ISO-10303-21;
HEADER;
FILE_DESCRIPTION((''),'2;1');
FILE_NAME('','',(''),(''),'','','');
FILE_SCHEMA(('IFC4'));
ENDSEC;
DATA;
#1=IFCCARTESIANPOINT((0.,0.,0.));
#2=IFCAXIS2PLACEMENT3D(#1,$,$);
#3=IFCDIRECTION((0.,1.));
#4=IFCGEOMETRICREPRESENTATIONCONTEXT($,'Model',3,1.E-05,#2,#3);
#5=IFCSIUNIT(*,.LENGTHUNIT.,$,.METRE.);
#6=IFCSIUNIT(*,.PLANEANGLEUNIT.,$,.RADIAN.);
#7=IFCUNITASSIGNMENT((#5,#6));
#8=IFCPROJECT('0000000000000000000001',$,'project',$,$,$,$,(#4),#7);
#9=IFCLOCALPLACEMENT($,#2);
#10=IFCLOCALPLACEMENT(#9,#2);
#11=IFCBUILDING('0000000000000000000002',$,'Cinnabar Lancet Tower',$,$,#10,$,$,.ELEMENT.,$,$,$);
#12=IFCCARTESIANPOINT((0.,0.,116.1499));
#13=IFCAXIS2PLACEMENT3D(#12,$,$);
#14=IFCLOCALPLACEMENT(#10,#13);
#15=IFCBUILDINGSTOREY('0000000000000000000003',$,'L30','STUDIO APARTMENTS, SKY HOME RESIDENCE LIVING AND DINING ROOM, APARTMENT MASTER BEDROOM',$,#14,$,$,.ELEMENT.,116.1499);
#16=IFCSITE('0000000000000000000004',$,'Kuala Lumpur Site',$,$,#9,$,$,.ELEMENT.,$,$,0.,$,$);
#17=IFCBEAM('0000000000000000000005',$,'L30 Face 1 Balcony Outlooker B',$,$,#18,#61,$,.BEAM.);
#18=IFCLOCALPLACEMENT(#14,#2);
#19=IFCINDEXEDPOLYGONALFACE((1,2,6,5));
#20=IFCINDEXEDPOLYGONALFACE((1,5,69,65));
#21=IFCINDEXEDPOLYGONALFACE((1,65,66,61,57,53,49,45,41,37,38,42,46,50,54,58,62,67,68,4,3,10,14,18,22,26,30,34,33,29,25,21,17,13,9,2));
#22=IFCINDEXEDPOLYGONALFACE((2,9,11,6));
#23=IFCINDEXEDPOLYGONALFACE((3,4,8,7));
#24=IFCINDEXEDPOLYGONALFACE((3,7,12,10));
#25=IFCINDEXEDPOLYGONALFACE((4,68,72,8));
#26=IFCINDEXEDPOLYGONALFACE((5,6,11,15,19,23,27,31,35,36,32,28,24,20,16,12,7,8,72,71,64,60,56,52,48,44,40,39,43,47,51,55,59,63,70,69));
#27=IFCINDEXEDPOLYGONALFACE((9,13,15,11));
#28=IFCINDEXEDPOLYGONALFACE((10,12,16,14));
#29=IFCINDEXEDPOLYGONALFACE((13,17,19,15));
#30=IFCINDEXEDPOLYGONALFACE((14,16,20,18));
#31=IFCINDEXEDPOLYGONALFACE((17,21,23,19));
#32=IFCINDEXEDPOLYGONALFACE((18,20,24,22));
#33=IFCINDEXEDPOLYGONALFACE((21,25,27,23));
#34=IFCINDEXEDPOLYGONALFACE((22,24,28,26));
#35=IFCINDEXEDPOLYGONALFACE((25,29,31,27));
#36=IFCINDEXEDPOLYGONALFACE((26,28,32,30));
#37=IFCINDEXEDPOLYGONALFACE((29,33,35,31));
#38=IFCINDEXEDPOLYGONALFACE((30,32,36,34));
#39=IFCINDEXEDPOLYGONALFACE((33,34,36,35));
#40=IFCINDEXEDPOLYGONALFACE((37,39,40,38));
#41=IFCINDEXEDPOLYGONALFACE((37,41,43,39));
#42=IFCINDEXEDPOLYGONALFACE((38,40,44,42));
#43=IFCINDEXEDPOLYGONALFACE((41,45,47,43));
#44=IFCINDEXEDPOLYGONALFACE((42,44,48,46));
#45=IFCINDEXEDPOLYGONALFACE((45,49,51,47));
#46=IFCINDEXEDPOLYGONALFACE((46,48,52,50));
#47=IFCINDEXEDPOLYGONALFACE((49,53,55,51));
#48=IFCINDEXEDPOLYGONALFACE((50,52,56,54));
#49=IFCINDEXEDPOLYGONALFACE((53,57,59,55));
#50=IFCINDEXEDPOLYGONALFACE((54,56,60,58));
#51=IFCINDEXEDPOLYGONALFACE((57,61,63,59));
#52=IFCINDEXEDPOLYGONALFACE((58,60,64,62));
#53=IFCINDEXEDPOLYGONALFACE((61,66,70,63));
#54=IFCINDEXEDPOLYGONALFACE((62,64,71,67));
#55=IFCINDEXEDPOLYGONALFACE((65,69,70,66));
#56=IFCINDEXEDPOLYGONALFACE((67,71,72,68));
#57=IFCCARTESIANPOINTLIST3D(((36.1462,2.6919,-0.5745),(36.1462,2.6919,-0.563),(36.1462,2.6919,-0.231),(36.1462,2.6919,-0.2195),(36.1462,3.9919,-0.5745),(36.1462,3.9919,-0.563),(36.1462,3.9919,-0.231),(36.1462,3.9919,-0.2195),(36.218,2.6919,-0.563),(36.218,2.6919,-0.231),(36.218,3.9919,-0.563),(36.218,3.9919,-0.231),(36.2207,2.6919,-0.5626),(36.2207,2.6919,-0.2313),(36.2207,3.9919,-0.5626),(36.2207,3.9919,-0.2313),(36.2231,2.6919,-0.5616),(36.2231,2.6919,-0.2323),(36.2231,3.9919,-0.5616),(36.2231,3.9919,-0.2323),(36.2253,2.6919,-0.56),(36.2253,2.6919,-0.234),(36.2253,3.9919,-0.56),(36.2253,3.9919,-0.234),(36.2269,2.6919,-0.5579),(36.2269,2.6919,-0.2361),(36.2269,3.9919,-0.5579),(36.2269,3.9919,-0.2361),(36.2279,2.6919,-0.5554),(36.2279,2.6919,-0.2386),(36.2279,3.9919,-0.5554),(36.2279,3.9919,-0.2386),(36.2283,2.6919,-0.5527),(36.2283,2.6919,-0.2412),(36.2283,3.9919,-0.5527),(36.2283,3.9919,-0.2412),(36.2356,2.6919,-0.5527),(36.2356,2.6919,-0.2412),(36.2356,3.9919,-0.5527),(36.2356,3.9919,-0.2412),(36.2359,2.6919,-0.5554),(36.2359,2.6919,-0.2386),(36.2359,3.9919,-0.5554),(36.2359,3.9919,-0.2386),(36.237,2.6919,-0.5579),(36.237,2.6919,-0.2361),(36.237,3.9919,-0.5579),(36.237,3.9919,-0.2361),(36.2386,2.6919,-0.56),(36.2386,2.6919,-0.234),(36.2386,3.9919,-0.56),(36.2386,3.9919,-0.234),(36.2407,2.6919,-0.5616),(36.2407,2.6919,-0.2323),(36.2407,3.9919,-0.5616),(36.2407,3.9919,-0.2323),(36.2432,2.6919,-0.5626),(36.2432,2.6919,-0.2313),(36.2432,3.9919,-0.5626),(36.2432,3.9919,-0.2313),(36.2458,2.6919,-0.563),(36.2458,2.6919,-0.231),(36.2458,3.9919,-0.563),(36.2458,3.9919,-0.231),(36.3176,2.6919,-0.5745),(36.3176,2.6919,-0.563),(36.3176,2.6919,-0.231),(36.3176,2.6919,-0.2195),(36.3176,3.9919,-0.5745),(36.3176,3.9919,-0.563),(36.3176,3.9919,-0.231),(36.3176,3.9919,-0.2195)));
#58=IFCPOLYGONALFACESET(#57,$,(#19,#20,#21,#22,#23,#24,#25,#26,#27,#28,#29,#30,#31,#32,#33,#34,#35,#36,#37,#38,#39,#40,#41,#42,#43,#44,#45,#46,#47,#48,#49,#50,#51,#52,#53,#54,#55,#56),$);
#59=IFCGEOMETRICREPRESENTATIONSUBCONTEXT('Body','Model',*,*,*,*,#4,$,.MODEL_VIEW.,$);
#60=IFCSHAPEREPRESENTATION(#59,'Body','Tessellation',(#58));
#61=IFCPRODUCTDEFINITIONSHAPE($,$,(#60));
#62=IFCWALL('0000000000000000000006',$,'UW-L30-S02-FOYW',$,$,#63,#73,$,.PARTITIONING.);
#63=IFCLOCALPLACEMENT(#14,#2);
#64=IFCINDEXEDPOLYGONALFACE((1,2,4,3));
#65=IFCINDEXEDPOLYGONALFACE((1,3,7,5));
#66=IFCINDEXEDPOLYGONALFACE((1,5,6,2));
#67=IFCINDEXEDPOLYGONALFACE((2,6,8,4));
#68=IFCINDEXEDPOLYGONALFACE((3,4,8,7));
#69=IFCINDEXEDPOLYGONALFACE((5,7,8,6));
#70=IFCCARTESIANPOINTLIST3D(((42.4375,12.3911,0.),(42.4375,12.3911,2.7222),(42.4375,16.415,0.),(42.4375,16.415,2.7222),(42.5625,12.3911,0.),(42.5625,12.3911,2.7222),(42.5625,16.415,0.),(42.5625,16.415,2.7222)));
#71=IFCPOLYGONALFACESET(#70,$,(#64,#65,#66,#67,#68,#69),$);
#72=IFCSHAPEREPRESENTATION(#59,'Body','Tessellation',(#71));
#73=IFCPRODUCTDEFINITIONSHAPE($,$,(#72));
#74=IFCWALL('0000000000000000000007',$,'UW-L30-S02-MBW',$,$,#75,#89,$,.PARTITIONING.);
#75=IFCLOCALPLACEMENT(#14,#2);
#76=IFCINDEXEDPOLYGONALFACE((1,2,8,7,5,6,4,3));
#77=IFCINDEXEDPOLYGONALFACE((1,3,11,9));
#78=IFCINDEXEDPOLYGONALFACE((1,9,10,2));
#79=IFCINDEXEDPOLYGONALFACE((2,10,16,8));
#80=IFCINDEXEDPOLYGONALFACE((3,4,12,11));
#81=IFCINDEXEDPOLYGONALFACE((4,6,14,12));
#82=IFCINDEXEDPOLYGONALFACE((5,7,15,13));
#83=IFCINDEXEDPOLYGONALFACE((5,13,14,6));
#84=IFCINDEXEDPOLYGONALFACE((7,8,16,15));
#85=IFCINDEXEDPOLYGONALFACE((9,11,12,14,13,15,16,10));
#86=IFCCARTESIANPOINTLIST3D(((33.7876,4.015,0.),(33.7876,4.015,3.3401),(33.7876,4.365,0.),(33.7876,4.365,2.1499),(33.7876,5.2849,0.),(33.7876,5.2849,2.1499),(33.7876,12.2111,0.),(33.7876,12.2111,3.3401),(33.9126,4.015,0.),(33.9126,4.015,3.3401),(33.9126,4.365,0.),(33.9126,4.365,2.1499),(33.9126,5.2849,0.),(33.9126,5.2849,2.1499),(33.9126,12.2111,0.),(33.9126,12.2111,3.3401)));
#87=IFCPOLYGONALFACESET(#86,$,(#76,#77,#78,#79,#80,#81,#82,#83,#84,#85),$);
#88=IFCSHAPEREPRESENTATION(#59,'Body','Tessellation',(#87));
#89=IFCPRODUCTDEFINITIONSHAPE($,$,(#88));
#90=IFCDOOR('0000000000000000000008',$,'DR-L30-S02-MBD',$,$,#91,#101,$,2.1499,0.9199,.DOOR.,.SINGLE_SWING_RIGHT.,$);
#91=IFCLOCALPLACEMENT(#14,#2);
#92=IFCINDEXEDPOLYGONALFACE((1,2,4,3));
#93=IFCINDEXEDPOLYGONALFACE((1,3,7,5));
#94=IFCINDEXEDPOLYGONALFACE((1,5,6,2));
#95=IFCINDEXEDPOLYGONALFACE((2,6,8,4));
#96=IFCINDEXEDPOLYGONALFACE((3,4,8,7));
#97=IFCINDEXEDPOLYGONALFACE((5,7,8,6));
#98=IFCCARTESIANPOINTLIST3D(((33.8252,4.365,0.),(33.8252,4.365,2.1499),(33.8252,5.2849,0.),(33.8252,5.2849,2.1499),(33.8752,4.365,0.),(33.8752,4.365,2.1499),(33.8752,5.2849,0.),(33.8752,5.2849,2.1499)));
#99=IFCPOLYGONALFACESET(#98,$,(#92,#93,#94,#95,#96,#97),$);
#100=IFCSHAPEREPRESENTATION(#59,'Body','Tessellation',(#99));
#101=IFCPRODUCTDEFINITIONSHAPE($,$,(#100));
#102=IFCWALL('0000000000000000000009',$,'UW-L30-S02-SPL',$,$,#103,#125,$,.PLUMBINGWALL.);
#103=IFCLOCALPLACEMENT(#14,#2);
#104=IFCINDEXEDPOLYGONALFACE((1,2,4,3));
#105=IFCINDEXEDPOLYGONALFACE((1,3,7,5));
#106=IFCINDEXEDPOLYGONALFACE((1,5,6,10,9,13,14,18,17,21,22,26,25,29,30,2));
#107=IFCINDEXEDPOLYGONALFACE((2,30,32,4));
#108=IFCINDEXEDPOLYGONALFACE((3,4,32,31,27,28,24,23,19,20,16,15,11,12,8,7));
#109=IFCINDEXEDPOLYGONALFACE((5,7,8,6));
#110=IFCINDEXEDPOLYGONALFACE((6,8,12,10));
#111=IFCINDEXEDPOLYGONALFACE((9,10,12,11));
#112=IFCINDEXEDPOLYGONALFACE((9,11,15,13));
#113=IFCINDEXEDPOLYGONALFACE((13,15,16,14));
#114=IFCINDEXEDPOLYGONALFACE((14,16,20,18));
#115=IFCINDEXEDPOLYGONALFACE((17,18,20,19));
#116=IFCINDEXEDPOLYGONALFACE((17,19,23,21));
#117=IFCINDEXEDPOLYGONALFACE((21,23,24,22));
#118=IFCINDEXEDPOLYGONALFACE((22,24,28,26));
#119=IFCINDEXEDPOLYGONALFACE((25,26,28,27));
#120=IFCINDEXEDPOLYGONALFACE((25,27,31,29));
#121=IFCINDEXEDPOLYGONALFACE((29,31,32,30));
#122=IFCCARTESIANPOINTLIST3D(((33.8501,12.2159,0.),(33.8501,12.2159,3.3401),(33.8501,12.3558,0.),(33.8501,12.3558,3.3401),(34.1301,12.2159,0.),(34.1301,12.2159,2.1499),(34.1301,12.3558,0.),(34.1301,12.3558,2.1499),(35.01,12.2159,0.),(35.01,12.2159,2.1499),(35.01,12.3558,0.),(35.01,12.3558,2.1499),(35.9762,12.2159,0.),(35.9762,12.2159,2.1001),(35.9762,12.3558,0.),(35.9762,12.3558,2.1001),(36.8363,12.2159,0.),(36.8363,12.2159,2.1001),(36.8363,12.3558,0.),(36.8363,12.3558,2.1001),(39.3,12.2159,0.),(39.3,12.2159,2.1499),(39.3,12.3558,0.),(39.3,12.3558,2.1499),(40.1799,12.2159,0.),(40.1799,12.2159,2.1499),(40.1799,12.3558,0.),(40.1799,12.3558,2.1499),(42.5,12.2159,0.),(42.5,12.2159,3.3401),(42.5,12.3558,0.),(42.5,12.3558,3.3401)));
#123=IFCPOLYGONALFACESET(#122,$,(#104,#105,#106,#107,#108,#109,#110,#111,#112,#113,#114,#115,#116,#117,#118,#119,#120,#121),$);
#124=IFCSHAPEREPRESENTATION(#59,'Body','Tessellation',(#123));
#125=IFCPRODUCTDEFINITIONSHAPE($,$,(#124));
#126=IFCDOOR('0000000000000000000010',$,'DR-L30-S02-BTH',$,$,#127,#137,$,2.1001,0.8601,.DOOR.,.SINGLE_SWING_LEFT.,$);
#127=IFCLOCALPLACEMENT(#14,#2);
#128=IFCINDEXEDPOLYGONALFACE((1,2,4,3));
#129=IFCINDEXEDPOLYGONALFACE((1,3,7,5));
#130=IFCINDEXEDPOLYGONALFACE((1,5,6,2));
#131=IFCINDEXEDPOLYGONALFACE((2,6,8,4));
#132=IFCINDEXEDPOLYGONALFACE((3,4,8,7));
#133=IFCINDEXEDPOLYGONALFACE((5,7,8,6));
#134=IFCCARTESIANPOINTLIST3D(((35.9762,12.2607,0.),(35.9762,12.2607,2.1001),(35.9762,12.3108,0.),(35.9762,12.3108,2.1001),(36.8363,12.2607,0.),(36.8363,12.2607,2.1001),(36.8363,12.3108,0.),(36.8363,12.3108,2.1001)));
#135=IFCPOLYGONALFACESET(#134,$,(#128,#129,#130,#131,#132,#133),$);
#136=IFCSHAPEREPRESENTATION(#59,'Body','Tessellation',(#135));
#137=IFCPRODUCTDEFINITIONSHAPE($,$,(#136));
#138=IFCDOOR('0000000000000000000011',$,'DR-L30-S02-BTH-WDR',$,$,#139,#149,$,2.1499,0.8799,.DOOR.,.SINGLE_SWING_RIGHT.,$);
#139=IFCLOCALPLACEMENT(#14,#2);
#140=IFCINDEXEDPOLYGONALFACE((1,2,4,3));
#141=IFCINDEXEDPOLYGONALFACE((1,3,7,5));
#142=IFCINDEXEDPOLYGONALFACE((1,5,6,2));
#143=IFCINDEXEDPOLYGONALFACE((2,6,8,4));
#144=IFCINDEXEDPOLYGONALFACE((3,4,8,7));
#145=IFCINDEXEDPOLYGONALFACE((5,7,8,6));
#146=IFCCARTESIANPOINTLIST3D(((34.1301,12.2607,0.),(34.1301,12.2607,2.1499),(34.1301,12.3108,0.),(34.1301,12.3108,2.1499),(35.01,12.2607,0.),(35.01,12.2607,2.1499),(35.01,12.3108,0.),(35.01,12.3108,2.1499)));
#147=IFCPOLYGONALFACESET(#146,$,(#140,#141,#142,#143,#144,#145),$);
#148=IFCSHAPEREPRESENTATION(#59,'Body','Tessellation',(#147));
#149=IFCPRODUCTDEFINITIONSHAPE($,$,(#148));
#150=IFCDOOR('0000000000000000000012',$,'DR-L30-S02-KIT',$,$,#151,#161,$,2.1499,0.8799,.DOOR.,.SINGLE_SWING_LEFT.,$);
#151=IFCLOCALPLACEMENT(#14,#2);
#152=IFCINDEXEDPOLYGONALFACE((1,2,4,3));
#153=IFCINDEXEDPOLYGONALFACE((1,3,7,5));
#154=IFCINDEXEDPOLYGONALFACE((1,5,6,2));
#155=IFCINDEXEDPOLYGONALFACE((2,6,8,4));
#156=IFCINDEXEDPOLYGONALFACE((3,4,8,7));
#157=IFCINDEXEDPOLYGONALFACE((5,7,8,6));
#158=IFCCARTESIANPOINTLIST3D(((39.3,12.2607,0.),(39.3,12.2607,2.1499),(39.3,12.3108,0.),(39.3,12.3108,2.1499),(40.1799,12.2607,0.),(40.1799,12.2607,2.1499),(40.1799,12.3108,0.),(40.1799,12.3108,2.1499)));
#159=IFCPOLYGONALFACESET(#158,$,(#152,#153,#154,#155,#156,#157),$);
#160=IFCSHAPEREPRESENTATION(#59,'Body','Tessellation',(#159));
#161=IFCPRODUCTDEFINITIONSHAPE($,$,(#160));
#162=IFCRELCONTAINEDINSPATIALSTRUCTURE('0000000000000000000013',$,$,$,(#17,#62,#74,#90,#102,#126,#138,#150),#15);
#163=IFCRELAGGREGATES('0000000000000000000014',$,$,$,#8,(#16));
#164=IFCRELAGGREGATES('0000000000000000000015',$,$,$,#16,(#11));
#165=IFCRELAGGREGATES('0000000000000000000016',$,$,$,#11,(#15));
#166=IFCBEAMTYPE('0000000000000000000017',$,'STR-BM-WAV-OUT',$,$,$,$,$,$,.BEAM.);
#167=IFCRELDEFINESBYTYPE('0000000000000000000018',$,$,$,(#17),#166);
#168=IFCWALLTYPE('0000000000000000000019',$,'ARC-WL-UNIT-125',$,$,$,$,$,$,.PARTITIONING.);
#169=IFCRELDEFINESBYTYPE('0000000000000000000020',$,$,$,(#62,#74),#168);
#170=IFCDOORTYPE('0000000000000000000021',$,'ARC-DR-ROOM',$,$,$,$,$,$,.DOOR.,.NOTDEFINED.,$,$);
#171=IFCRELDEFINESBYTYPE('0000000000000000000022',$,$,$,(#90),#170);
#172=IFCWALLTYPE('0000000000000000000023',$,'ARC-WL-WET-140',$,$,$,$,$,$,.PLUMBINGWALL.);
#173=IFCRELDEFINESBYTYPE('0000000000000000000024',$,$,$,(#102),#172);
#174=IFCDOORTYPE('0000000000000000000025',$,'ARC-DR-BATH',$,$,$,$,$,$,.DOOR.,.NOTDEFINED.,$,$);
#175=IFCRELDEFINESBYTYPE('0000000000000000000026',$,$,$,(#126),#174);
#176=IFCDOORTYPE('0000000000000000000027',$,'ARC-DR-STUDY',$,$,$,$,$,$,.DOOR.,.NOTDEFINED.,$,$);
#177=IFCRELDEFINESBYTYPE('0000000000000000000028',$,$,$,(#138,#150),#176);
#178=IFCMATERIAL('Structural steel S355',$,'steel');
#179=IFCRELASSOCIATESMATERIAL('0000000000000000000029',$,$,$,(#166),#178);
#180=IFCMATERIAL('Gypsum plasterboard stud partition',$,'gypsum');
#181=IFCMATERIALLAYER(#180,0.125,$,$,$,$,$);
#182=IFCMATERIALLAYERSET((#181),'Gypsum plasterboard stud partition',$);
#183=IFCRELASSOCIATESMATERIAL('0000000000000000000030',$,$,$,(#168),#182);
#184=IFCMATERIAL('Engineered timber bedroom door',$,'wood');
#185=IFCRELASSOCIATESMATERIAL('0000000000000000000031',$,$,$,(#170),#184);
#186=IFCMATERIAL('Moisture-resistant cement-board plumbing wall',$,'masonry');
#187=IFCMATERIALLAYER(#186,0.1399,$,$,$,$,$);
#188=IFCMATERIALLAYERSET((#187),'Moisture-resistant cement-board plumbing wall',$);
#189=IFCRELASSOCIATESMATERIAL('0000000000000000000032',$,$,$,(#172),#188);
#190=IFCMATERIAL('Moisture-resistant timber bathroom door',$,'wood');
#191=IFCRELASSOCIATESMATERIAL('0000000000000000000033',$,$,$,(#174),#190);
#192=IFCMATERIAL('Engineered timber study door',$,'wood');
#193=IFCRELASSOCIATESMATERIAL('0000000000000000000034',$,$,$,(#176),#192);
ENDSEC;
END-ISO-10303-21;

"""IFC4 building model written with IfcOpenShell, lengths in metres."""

from ifc_helpers import new_model, si_unit, direction, frame, frame_2d, origin, origin_2d, place, context, subcontext, project, spatial, rectangle, i_section, extrude, material, layer, layer_set, material_profile, profile_set, type_object, element, fill, save


model = new_model("IFC4")

# Units and contexts
model_context = context("Model", 3, precision=1e-05, world=origin(), true_north=direction((0.0, 1.0)))
body_context = subcontext(model_context, "Body", "Model", "MODEL_VIEW")
ifc_project = project(units=[si_unit("LENGTHUNIT", "METRE"), si_unit("PLANEANGLEUNIT", "RADIAN")], contexts=[model_context])

# Site, building, storey
site_placement = place(None, origin())
site = spatial("IfcSite", under=ifc_project, at=site_placement, Name="Kuala Lumpur Site", CompositionType="ELEMENT", RefElevation=0.0)
building_placement = place(site_placement, origin())
building = spatial("IfcBuilding", under=site, at=building_placement, Name="Cinnabar Lancet Tower", CompositionType="ELEMENT")
storey_placement = place(building_placement, frame((0.0, 0.0, 116.1499)))
storey = spatial("IfcBuildingStorey", under=building, at=storey_placement, Name="L30", Description="STUDIO APARTMENTS, SKY HOME RESIDENCE LIVING AND DINING ROOM, APARTMENT MASTER BEDROOM", CompositionType="ELEMENT", Elevation=116.1499)

# Beam
ifc_material_1 = material(Name="Structural steel S355", Category="steel")
ifc_material_profile_1 = material_profile(ifc_material_1, i_section(OverallWidth=0.1714, OverallDepth=0.355, WebThickness=0.0073, FlangeThickness=0.0115, FilletRadius=0.0103, at=origin_2d()), Name="UKB 356x171x51")
ifc_profile_set_1 = profile_set([ifc_material_profile_1], Name="Structural steel S355")
beam_type_1 = type_object("IfcBeamType", Name="STR-BM-WAV-OUT", PredefinedType="BEAM", material=ifc_profile_set_1)
beam_1_placement = place(storey_placement, frame((36.2319, 3.9919, -0.397), z_axis=(0.0, -1.0, 0.0), x_axis=(1.0, 0.0, 0.0)))
element("IfcBeam", 1, at=beam_1_placement, inside=storey, type_object=beam_type_1, Name="L30 Face 1 Balcony Outlooker B", PredefinedType="BEAM", context=body_context, shape_type="SweptSolid", body=[
    extrude(i_section(OverallWidth=0.1714, OverallDepth=0.355, WebThickness=0.0073, FlangeThickness=0.0115, FilletRadius=0.0103, at=origin_2d()), origin(), (0.0, 0.0, 1.0), 1.3),
])

# Wall
ifc_material_2 = material(Name="Gypsum plasterboard stud partition", Category="gypsum")
ifc_layer_1 = layer(ifc_material_2, 0.125)
ifc_layer_set_1 = layer_set([ifc_layer_1], Name="Gypsum plasterboard stud partition")
wall_type_1 = type_object("IfcWallType", Name="ARC-WL-UNIT-125", PredefinedType="PARTITIONING", material=ifc_layer_set_1)
wall_1_placement = place(storey_placement, frame((42.5, 12.3911, 0.0), z_axis=(0.0, 0.0, 1.0), x_axis=(0.0, 1.0, 0.0)))
element("IfcWall", 2, at=wall_1_placement, inside=storey, type_object=wall_type_1, Name="UW-L30-S02-FOYW", PredefinedType="PARTITIONING", context=body_context, shape_type="SweptSolid", body=[
    extrude(rectangle(XDim=4.0239, YDim=0.125, at=frame_2d((2.012, 0.0))), origin(), (0.0, 0.0, 1.0), 2.7222),
])

# Wall, opening, door
wall_2_placement = place(storey_placement, frame((33.8501, 4.0149, 0.0), z_axis=(0.0, 0.0, 1.0), x_axis=(0.0, 1.0, 0.0)))
wall_2 = element("IfcWall", 3, at=wall_2_placement, inside=storey, type_object=wall_type_1, Name="UW-L30-S02-MBW", PredefinedType="PARTITIONING", context=body_context, shape_type="SweptSolid", body=[
    extrude(rectangle(XDim=8.196, YDim=0.125, at=frame_2d((4.0981, 0.0))), origin(), (0.0, 0.0, 1.0), 3.3401),
])
opening_1_placement = place(wall_2_placement, frame((0.3501, 0.0, 0.0)))
opening_1 = element("IfcOpeningElement", 4, at=opening_1_placement, cuts=wall_2, PredefinedType="OPENING", context=body_context, shape_type="SweptSolid", body=[
    extrude(rectangle(XDim=0.9199, YDim=2.1499, at=frame_2d((0.46, 1.075))), frame((0.0, 0.0725, 0.0), z_axis=(0.0, -1.0, 0.0), x_axis=(1.0, 0.0, 0.0)), (0.0, 0.0, 1.0), 0.145),
])
ifc_material_3 = material(Name="Engineered timber bedroom door", Category="wood")
door_type_1 = type_object("IfcDoorType", Name="ARC-DR-ROOM", OperationType="NOTDEFINED", PredefinedType="DOOR", material=ifc_material_3)
door_1_placement = place(opening_1_placement, origin())
door_1 = element("IfcDoor", 5, at=door_1_placement, inside=storey, type_object=door_type_1, Name="DR-L30-S02-MBD", OperationType="SINGLE_SWING_RIGHT", OverallHeight=2.1499, OverallWidth=0.9199, PredefinedType="DOOR", context=body_context, shape_type="SweptSolid", body=[
    extrude(rectangle(XDim=0.9199, YDim=2.1499, at=frame_2d((0.46, 1.075))), frame((0.0, 0.0249, 0.0), z_axis=(0.0, -1.0, 0.0), x_axis=(1.0, 0.0, 0.0)), (0.0, 0.0, 1.0), 0.05),
])
fill(opening_1, door_1)

# Wall, openings, doors
ifc_material_4 = material(Name="Moisture-resistant cement-board plumbing wall", Category="masonry")
ifc_layer_2 = layer(ifc_material_4, 0.1399)
ifc_layer_set_2 = layer_set([ifc_layer_2], Name="Moisture-resistant cement-board plumbing wall")
wall_type_2 = type_object("IfcWallType", Name="ARC-WL-WET-140", PredefinedType="PLUMBINGWALL", material=ifc_layer_set_2)
wall_3_placement = place(storey_placement, frame((33.8501, 12.2859, 0.0), z_axis=(0.0, 0.0, 1.0), x_axis=(1.0, 0.0, 0.0)))
wall_3 = element("IfcWall", 6, at=wall_3_placement, inside=storey, type_object=wall_type_2, Name="UW-L30-S02-SPL", PredefinedType="PLUMBINGWALL", context=body_context, shape_type="SweptSolid", body=[
    extrude(rectangle(XDim=8.6499, YDim=0.1399, at=frame_2d((4.325, 0.0))), origin(), (0.0, 0.0, 1.0), 3.3401),
])
opening_2_placement = place(wall_3_placement, frame((0.28, 0.0, 0.0)))
opening_2 = element("IfcOpeningElement", 7, at=opening_2_placement, cuts=wall_3, PredefinedType="OPENING", context=body_context, shape_type="SweptSolid", body=[
    extrude(rectangle(XDim=0.8799, YDim=2.1499, at=frame_2d((0.4399, 1.075))), frame((0.0, 0.0798, 0.0), z_axis=(0.0, -1.0, 0.0), x_axis=(1.0, 0.0, 0.0)), (0.0, 0.0, 1.0), 0.1599),
])
opening_3_placement = place(wall_3_placement, frame((2.126, 0.0, 0.0)))
opening_3 = element("IfcOpeningElement", 8, at=opening_3_placement, cuts=wall_3, PredefinedType="OPENING", context=body_context, shape_type="SweptSolid", body=[
    extrude(rectangle(XDim=0.8601, YDim=2.1001, at=frame_2d((0.4302, 1.05))), frame((0.0, 0.0798, 0.0), z_axis=(0.0, -1.0, 0.0), x_axis=(1.0, 0.0, 0.0)), (0.0, 0.0, 1.0), 0.1599),
])
opening_4_placement = place(wall_3_placement, frame((5.45, 0.0, 0.0)))
opening_4 = element("IfcOpeningElement", 9, at=opening_4_placement, cuts=wall_3, PredefinedType="OPENING", context=body_context, shape_type="SweptSolid", body=[
    extrude(rectangle(XDim=0.8799, YDim=2.1499, at=frame_2d((0.4399, 1.075))), frame((0.0, 0.0798, 0.0), z_axis=(0.0, -1.0, 0.0), x_axis=(1.0, 0.0, 0.0)), (0.0, 0.0, 1.0), 0.1599),
])
ifc_material_5 = material(Name="Moisture-resistant timber bathroom door", Category="wood")
door_type_2 = type_object("IfcDoorType", Name="ARC-DR-BATH", OperationType="NOTDEFINED", PredefinedType="DOOR", material=ifc_material_5)
door_2_placement = place(opening_3_placement, origin())
door_2 = element("IfcDoor", 10, at=door_2_placement, inside=storey, type_object=door_type_2, Name="DR-L30-S02-BTH", OperationType="SINGLE_SWING_LEFT", OverallHeight=2.1001, OverallWidth=0.8601, PredefinedType="DOOR", context=body_context, shape_type="SweptSolid", body=[
    extrude(rectangle(XDim=0.8601, YDim=2.1001, at=frame_2d((0.4302, 1.05))), frame((0.0, 0.0249, 0.0), z_axis=(0.0, -1.0, 0.0), x_axis=(1.0, 0.0, 0.0)), (0.0, 0.0, 1.0), 0.05),
])
fill(opening_3, door_2)
ifc_material_6 = material(Name="Engineered timber study door", Category="wood")
door_type_3 = type_object("IfcDoorType", Name="ARC-DR-STUDY", OperationType="NOTDEFINED", PredefinedType="DOOR", material=ifc_material_6)
door_3_placement = place(opening_2_placement, origin())
door_3 = element("IfcDoor", 11, at=door_3_placement, inside=storey, type_object=door_type_3, Name="DR-L30-S02-BTH-WDR", OperationType="SINGLE_SWING_RIGHT", OverallHeight=2.1499, OverallWidth=0.8799, PredefinedType="DOOR", context=body_context, shape_type="SweptSolid", body=[
    extrude(rectangle(XDim=0.8799, YDim=2.1499, at=frame_2d((0.4399, 1.075))), frame((0.0, 0.0249, 0.0), z_axis=(0.0, -1.0, 0.0), x_axis=(1.0, 0.0, 0.0)), (0.0, 0.0, 1.0), 0.05),
])
fill(opening_2, door_3)
door_4_placement = place(opening_4_placement, origin())
door_4 = element("IfcDoor", 12, at=door_4_placement, inside=storey, type_object=door_type_3, Name="DR-L30-S02-KIT", OperationType="SINGLE_SWING_LEFT", OverallHeight=2.1499, OverallWidth=0.8799, PredefinedType="DOOR", context=body_context, shape_type="SweptSolid", body=[
    extrude(rectangle(XDim=0.8799, YDim=2.1499, at=frame_2d((0.4399, 1.075))), frame((0.0, 0.0249, 0.0), z_axis=(0.0, -1.0, 0.0), x_axis=(1.0, 0.0, 0.0)), (0.0, 0.0, 1.0), 0.05),
])
fill(opening_4, door_4)

save(model, "model.ifc")
